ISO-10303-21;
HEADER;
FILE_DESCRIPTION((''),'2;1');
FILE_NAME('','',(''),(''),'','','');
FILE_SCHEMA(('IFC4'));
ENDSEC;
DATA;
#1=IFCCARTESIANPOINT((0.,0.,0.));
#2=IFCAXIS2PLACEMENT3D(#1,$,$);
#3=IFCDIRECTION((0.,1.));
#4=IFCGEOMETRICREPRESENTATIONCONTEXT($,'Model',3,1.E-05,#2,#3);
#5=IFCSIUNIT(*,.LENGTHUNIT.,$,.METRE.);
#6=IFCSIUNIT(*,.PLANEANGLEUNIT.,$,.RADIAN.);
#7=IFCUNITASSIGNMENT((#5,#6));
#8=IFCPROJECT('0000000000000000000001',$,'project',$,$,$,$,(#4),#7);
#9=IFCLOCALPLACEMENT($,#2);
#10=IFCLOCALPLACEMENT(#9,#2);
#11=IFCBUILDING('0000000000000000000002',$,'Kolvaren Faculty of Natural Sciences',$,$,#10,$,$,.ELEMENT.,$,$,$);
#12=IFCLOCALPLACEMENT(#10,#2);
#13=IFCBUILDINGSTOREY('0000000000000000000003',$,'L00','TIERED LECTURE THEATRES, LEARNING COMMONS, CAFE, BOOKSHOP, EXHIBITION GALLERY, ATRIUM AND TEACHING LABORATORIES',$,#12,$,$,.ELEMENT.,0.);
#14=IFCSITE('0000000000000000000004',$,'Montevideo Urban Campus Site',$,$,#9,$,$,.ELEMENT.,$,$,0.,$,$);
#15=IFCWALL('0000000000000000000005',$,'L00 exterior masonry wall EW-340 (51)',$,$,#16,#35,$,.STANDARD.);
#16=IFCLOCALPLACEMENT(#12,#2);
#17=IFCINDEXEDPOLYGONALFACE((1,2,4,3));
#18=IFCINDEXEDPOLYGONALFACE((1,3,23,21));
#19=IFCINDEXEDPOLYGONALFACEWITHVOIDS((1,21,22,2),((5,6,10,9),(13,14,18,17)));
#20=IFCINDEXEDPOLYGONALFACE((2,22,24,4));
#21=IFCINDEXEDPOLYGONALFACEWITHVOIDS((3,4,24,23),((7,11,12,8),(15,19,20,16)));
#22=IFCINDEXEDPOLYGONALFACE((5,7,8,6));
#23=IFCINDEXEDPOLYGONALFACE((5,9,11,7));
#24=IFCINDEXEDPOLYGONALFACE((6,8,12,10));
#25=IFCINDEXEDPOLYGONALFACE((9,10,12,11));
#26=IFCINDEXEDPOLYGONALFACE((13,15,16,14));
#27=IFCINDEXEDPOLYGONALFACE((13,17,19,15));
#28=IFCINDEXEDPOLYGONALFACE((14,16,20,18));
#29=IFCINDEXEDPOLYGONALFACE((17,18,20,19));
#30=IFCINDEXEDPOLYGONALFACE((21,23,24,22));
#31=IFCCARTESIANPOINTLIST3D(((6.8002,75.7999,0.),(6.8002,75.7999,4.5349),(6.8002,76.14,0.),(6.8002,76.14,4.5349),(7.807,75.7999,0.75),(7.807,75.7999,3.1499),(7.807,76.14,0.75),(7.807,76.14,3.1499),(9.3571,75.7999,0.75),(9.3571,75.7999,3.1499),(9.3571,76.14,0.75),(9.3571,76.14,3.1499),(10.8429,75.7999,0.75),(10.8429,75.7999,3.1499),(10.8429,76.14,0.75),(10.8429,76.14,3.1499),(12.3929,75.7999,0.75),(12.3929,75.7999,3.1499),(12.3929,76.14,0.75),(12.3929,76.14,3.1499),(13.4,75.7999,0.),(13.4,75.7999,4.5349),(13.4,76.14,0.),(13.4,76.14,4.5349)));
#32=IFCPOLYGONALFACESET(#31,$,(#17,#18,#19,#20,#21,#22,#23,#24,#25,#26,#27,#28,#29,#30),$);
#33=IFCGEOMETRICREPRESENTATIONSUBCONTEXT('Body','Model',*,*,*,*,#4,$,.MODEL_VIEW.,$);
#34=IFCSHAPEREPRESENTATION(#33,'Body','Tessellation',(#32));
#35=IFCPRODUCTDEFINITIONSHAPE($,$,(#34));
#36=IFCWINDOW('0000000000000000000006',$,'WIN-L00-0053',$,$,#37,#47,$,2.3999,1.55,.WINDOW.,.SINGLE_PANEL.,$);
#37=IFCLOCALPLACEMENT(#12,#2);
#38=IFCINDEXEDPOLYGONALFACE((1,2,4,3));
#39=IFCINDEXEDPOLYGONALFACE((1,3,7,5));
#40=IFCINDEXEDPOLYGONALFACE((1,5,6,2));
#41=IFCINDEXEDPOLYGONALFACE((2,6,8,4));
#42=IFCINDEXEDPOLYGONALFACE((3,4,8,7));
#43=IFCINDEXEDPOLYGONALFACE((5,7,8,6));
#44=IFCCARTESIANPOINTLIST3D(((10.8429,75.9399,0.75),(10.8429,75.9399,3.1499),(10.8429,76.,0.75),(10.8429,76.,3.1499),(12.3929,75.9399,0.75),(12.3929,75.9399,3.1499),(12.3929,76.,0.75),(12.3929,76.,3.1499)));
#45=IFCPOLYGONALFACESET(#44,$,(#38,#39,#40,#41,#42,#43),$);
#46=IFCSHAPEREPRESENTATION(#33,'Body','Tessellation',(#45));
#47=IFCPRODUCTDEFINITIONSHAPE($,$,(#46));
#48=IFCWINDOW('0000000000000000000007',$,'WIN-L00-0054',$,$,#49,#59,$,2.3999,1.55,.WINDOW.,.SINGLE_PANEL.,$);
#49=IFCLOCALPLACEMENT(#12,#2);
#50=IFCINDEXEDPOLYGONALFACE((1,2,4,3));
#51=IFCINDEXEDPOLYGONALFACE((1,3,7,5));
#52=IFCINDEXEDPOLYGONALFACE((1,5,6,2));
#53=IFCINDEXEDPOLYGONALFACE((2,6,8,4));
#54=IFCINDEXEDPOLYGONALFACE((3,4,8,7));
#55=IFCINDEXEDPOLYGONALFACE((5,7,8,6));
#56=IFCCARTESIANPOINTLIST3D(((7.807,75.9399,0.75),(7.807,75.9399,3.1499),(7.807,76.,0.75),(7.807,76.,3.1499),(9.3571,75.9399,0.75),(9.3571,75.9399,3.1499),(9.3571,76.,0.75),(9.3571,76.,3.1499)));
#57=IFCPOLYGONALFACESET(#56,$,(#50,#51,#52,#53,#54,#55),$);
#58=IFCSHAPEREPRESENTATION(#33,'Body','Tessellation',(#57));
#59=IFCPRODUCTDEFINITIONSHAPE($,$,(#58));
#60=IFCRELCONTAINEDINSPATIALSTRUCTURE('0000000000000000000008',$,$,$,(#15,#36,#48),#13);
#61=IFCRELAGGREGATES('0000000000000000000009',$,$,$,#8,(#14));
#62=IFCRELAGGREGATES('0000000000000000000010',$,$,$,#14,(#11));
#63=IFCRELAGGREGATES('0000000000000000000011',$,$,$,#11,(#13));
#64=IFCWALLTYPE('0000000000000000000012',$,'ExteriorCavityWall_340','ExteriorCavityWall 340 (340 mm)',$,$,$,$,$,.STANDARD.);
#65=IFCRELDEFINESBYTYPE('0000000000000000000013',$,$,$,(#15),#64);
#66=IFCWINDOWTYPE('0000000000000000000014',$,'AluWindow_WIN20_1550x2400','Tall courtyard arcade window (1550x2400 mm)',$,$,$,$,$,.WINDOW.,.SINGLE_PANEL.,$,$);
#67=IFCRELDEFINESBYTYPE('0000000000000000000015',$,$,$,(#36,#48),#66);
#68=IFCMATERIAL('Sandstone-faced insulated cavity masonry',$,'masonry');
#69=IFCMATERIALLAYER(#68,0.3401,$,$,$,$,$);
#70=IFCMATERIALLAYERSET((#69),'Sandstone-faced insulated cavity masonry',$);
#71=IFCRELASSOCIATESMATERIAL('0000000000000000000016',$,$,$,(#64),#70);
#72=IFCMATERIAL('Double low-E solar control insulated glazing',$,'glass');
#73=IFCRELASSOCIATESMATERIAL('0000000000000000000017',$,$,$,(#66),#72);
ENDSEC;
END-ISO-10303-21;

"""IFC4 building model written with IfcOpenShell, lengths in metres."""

from ifc_helpers import new_model, si_unit, direction, frame, frame_2d, origin, place, context, subcontext, project, spatial, rectangle, extrude, material, layer, layer_set, type_object, element, fill, save


model = new_model("IFC4")

# Units and contexts
model_context = context("Model", 3, precision=1e-05, world=origin(), true_north=direction((0.0, 1.0)))
body_context = subcontext(model_context, "Body", "Model", "MODEL_VIEW")
ifc_project = project(units=[si_unit("LENGTHUNIT", "METRE"), si_unit("PLANEANGLEUNIT", "RADIAN")], contexts=[model_context])

# Site, building, storey
site_placement = place(None, origin())
site = spatial("IfcSite", under=ifc_project, at=site_placement, Name="Montevideo Urban Campus Site", CompositionType="ELEMENT", RefElevation=0.0)
building_placement = place(site_placement, origin())
building = spatial("IfcBuilding", under=site, at=building_placement, Name="Kolvaren Faculty of Natural Sciences", CompositionType="ELEMENT")
storey_placement = place(building_placement, origin())
storey = spatial("IfcBuildingStorey", under=building, at=storey_placement, Name="L00", Description="TIERED LECTURE THEATRES, LEARNING COMMONS, CAFE, BOOKSHOP, EXHIBITION GALLERY, ATRIUM AND TEACHING LABORATORIES", CompositionType="ELEMENT", Elevation=0.0)

# Wall, openings, windows
ifc_material_1 = material(Name="Sandstone-faced insulated cavity masonry", Category="masonry")
ifc_layer_1 = layer(ifc_material_1, 0.3401)
ifc_layer_set_1 = layer_set([ifc_layer_1], Name="Sandstone-faced insulated cavity masonry")
wall_type_1 = type_object("IfcWallType", Name="ExteriorCavityWall_340", Description="ExteriorCavityWall 340 (340 mm)", PredefinedType="STANDARD", material=ifc_layer_set_1)
wall_1_placement = place(storey_placement, frame((13.3999, 75.97, 0.0), z_axis=(0.0, 0.0, 1.0), x_axis=(-1.0, 0.0, 0.0)))
wall_1 = element("IfcWall", 1, at=wall_1_placement, inside=storey, type_object=wall_type_1, Name="L00 exterior masonry wall EW-340 (51)", PredefinedType="STANDARD", context=body_context, shape_type="SweptSolid", body=[
    extrude(rectangle(XDim=6.5999, YDim=0.3401, at=frame_2d((3.2998, 0.0))), origin(), (0.0, 0.0, 1.0), 4.5349),
])
opening_1_placement = place(wall_1_placement, frame((1.0071, 0.0, 0.75)))
opening_1 = element("IfcOpeningElement", 2, at=opening_1_placement, cuts=wall_1, PredefinedType="OPENING", context=body_context, shape_type="SweptSolid", body=[
    extrude(rectangle(XDim=1.55, YDim=2.3999, at=frame_2d((0.7749, 1.2))), frame((0.0, 0.1799, 0.0), z_axis=(0.0, -1.0, 0.0), x_axis=(1.0, 0.0, 0.0)), (0.0, 0.0, 1.0), 0.3601),
])
opening_2_placement = place(wall_1_placement, frame((4.043, 0.0, 0.75)))
opening_2 = element("IfcOpeningElement", 3, at=opening_2_placement, cuts=wall_1, PredefinedType="OPENING", context=body_context, shape_type="SweptSolid", body=[
    extrude(rectangle(XDim=1.55, YDim=2.3999, at=frame_2d((0.7749, 1.2))), frame((0.0, 0.1799, 0.0), z_axis=(0.0, -1.0, 0.0), x_axis=(1.0, 0.0, 0.0)), (0.0, 0.0, 1.0), 0.3601),
])
ifc_material_2 = material(Name="Double low-E solar control insulated glazing", Category="glass")
window_type = type_object("IfcWindowType", Name="AluWindow_WIN20_1550x2400", Description="Tall courtyard arcade window (1550x2400 mm)", PartitioningType="SINGLE_PANEL", PredefinedType="WINDOW", material=ifc_material_2)
window_1_placement = place(opening_1_placement, origin())
window_1 = element("IfcWindow", 4, at=window_1_placement, inside=storey, type_object=window_type, Name="WIN-L00-0053", OverallHeight=2.3999, OverallWidth=1.55, PartitioningType="SINGLE_PANEL", PredefinedType="WINDOW", context=body_context, shape_type="SweptSolid", body=[
    extrude(rectangle(XDim=1.55, YDim=2.3999, at=frame_2d((0.7749, 1.2))), frame((0.0, 0.03, 0.0), z_axis=(0.0, -1.0, 0.0), x_axis=(1.0, 0.0, 0.0)), (0.0, 0.0, 1.0), 0.0601),
])
fill(opening_1, window_1)
window_2_placement = place(opening_2_placement, origin())
window_2 = element("IfcWindow", 5, at=window_2_placement, inside=storey, type_object=window_type, Name="WIN-L00-0054", OverallHeight=2.3999, OverallWidth=1.55, PartitioningType="SINGLE_PANEL", PredefinedType="WINDOW", context=body_context, shape_type="SweptSolid", body=[
    extrude(rectangle(XDim=1.55, YDim=2.3999, at=frame_2d((0.7749, 1.2))), frame((0.0, 0.03, 0.0), z_axis=(0.0, -1.0, 0.0), x_axis=(1.0, 0.0, 0.0)), (0.0, 0.0, 1.0), 0.0601),
])
fill(opening_2, window_2)

save(model, "model.ifc")
